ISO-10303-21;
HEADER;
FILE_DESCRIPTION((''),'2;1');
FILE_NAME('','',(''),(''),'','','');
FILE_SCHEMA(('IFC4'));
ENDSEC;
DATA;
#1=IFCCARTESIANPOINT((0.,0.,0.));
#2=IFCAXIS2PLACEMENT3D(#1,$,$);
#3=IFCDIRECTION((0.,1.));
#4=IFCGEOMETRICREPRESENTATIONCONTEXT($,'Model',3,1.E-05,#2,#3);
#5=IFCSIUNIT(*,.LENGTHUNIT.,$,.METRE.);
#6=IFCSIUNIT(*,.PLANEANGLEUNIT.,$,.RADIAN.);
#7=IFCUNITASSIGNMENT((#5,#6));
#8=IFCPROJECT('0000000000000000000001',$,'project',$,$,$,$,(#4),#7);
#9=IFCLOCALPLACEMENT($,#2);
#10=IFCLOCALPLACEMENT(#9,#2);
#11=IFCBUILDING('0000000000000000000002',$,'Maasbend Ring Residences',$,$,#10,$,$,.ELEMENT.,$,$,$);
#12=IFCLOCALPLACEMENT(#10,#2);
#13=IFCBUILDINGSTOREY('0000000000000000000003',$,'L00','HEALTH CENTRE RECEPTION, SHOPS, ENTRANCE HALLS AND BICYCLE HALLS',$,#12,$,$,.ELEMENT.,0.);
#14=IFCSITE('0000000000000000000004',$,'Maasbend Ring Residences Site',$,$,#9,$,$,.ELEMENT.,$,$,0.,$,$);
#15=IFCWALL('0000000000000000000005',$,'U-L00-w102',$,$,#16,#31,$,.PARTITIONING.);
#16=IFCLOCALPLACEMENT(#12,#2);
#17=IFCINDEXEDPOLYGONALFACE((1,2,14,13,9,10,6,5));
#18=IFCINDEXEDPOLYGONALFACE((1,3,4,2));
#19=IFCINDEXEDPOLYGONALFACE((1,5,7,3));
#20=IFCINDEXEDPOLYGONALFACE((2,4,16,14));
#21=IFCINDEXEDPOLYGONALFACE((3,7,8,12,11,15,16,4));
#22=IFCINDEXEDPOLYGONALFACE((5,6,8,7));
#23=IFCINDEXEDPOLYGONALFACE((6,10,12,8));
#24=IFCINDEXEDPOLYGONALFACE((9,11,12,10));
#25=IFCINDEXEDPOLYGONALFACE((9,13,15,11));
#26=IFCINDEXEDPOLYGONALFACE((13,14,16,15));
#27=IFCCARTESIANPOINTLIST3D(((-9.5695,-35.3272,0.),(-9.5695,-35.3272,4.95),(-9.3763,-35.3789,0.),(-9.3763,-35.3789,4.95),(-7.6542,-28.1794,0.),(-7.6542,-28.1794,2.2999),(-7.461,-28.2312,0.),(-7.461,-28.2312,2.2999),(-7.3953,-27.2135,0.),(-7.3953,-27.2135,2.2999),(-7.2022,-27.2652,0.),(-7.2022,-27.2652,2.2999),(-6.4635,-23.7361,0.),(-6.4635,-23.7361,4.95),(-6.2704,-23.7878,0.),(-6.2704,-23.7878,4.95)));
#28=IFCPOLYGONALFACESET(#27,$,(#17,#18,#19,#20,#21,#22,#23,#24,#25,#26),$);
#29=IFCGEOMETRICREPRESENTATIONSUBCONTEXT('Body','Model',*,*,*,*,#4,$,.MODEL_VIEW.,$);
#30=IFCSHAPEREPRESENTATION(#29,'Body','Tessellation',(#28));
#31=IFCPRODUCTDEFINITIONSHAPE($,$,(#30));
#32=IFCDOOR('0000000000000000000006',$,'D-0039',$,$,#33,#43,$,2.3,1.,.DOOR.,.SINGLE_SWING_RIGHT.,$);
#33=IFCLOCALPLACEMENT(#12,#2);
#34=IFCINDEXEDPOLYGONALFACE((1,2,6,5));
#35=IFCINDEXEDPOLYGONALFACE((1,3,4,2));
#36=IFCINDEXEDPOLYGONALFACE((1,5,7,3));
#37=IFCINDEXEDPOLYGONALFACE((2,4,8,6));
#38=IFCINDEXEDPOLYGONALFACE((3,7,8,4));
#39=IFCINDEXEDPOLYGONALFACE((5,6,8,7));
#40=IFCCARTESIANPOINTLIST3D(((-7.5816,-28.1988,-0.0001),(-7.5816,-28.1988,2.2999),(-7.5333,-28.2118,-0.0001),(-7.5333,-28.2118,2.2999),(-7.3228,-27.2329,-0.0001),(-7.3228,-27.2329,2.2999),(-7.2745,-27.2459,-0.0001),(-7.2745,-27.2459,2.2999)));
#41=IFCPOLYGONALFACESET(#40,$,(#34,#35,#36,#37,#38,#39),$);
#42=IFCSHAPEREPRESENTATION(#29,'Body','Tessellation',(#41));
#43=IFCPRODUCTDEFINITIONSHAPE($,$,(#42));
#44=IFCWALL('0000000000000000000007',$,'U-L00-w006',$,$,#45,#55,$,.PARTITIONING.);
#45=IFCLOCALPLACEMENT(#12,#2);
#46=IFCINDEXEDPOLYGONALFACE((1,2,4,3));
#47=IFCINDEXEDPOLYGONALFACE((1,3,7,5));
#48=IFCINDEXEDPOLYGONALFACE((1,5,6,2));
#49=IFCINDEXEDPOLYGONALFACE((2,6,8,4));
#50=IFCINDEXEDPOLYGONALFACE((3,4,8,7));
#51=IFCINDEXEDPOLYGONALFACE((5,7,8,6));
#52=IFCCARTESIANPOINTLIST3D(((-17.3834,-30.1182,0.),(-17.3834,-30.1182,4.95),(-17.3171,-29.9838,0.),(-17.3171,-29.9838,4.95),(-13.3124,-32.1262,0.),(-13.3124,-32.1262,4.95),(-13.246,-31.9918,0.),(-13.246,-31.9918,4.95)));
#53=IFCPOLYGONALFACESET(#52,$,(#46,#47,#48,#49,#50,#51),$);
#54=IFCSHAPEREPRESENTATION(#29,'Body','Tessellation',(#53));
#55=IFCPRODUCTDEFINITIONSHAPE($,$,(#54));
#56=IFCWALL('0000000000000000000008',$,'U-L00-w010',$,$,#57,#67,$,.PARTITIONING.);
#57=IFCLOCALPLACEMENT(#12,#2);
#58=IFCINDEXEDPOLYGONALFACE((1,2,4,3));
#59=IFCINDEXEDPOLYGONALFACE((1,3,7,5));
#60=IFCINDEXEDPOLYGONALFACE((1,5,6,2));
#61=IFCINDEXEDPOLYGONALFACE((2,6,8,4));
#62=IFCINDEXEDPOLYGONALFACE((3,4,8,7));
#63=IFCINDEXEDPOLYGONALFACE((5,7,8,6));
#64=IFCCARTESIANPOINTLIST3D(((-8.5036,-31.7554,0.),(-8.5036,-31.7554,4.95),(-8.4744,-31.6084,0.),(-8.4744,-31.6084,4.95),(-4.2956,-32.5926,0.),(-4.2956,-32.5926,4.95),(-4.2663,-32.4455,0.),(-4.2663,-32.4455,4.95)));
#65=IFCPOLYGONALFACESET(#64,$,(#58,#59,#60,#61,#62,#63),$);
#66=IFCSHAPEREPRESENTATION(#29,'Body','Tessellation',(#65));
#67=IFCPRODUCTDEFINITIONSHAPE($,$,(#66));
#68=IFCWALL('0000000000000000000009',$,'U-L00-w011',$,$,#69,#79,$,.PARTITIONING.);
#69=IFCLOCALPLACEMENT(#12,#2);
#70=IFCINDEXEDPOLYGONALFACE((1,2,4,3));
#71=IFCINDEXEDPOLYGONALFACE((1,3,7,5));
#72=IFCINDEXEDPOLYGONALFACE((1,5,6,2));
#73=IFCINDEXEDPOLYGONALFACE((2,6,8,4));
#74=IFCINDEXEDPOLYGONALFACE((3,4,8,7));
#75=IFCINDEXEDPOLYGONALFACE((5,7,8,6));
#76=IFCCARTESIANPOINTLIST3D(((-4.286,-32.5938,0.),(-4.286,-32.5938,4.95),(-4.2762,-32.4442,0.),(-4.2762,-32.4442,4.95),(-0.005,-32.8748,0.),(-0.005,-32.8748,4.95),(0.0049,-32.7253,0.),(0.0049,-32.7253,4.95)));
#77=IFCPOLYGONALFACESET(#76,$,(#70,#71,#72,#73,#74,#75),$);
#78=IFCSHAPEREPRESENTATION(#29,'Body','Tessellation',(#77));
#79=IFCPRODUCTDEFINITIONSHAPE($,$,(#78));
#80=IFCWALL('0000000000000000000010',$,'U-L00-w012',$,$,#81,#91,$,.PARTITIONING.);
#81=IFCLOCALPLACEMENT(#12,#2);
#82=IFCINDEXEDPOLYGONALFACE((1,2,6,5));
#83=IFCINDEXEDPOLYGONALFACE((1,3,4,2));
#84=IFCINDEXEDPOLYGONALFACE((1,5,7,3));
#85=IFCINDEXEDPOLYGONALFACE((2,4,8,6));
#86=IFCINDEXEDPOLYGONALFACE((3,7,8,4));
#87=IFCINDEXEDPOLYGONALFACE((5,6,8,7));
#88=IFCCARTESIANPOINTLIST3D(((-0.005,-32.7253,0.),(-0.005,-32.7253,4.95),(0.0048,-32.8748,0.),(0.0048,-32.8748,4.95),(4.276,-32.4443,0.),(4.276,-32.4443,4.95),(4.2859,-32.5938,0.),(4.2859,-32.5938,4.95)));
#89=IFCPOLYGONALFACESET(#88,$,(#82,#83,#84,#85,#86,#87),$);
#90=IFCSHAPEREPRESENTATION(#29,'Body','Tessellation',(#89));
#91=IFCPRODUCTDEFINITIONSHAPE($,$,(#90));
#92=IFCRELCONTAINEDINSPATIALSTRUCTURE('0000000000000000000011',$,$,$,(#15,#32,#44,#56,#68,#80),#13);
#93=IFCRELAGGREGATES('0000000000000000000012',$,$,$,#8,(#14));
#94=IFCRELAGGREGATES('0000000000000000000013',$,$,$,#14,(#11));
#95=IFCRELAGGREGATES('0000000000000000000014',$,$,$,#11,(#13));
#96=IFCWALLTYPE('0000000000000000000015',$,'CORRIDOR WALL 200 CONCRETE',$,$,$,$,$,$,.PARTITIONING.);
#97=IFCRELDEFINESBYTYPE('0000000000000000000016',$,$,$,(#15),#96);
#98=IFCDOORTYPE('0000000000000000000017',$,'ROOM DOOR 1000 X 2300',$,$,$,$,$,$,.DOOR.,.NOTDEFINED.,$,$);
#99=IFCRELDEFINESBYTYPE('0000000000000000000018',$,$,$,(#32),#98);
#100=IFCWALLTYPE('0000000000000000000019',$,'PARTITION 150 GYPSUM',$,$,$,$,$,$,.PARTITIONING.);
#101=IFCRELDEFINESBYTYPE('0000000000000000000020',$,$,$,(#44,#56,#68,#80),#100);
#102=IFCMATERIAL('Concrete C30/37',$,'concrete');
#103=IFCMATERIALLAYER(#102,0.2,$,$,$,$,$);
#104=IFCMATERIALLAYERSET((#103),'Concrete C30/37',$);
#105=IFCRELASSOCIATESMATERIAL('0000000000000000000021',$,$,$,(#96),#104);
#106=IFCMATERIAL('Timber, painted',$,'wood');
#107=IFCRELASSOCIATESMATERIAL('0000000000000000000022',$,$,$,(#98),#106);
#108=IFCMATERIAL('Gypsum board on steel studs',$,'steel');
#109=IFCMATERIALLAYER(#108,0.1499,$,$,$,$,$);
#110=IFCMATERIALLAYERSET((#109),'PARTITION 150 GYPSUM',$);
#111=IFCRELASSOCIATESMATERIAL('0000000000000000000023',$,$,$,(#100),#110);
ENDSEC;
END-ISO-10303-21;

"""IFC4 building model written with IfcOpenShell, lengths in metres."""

from ifc_helpers import new_model, si_unit, direction, frame, frame_2d, origin, place, context, subcontext, project, spatial, rectangle, extrude, material, layer, layer_set, type_object, element, fill, save


model = new_model("IFC4")

# Units and contexts
model_context = context("Model", 3, precision=1e-05, world=origin(), true_north=direction((0.0, 1.0)))
body_context = subcontext(model_context, "Body", "Model", "MODEL_VIEW")
ifc_project = project(units=[si_unit("LENGTHUNIT", "METRE"), si_unit("PLANEANGLEUNIT", "RADIAN")], contexts=[model_context])

# Site, building, storey
site_placement = place(None, origin())
site = spatial("IfcSite", under=ifc_project, at=site_placement, Name="Maasbend Ring Residences Site", CompositionType="ELEMENT", RefElevation=0.0)
building_placement = place(site_placement, origin())
building = spatial("IfcBuilding", under=site, at=building_placement, Name="Maasbend Ring Residences", CompositionType="ELEMENT")
storey_placement = place(building_placement, origin())
storey = spatial("IfcBuildingStorey", under=building, at=storey_placement, Name="L00", Description="HEALTH CENTRE RECEPTION, SHOPS, ENTRANCE HALLS AND BICYCLE HALLS", CompositionType="ELEMENT", Elevation=0.0)

# Wall, opening, door
ifc_material_1 = material(Name="Concrete C30/37", Category="concrete")
ifc_layer_1 = layer(ifc_material_1, 0.2)
ifc_layer_set_1 = layer_set([ifc_layer_1], Name="Concrete C30/37")
wall_type_1 = type_object("IfcWallType", Name="CORRIDOR WALL 200 CONCRETE", PredefinedType="PARTITIONING", material=ifc_layer_set_1)
wall_1_placement = place(storey_placement, frame((-9.4729, -35.353, 0.0), z_axis=(0.0, 0.0, 1.0), x_axis=(0.25883, 0.965923, 0.0)))
wall_1 = element("IfcWall", 1, at=wall_1_placement, inside=storey, type_object=wall_type_1, Name="U-L00-w102", PredefinedType="PARTITIONING", context=body_context, shape_type="SweptSolid", body=[
    extrude(rectangle(XDim=12.0, YDim=0.2, at=frame_2d((6.0, 0.0))), origin(), (0.0, 0.0, 1.0), 4.95),
])
opening_placement = place(wall_1_placement, frame((7.3999, 0.0, 0.0)))
opening = element("IfcOpeningElement", 2, at=opening_placement, cuts=wall_1, PredefinedType="OPENING", context=body_context, shape_type="SweptSolid", body=[
    extrude(rectangle(XDim=1.0, YDim=2.3, at=frame_2d((0.5, 1.1499))), frame((0.0, 0.1099, 0.0), z_axis=(0.0, -1.0, 0.0), x_axis=(1.0, 0.0, 0.0)), (0.0, 0.0, 1.0), 0.22),
])
ifc_material_2 = material(Name="Timber, painted", Category="wood")
door_type = type_object("IfcDoorType", Name="ROOM DOOR 1000 X 2300", OperationType="NOTDEFINED", PredefinedType="DOOR", material=ifc_material_2)
door_placement = place(opening_placement, origin())
door = element("IfcDoor", 3, at=door_placement, inside=storey, type_object=door_type, Name="D-0039", OperationType="SINGLE_SWING_RIGHT", OverallHeight=2.3, OverallWidth=1.0, PredefinedType="DOOR", context=body_context, shape_type="SweptSolid", body=[
    extrude(rectangle(XDim=1.0, YDim=2.3, at=frame_2d((0.5, 1.1499))), frame((0.0, 0.0249, 0.0), z_axis=(0.0, -1.0, 0.0), x_axis=(1.0, 0.0, 0.0)), (0.0, 0.0, 1.0), 0.05),
])
fill(opening, door)

# Walls
ifc_material_3 = material(Name="Gypsum board on steel studs", Category="steel")
ifc_layer_2 = layer(ifc_material_3, 0.1499)
ifc_layer_set_2 = layer_set([ifc_layer_2], Name="PARTITION 150 GYPSUM")
wall_type_2 = type_object("IfcWallType", Name="PARTITION 150 GYPSUM", PredefinedType="PARTITIONING", material=ifc_layer_set_2)
wall_2_placement = place(storey_placement, frame((-17.3501, -30.051, 0.0), z_axis=(0.0, 0.0, 1.0), x_axis=(0.896834, -0.442367, 0.0)))
element("IfcWall", 4, at=wall_2_placement, inside=storey, type_object=wall_type_2, Name="U-L00-w006", PredefinedType="PARTITIONING", context=body_context, shape_type="SweptSolid", body=[
    extrude(rectangle(XDim=4.5393, YDim=0.1499, at=frame_2d((2.2695, 0.0))), origin(), (0.0, 0.0, 1.0), 4.95),
])
wall_3_placement = place(storey_placement, frame((-8.489, -31.6819, 0.0), z_axis=(0.0, 0.0, 1.0), x_axis=(0.980779, -0.19512, 0.0)))
element("IfcWall", 5, at=wall_3_placement, inside=storey, type_object=wall_type_2, Name="U-L00-w010", PredefinedType="PARTITIONING", context=body_context, shape_type="SweptSolid", body=[
    extrude(rectangle(XDim=4.2905, YDim=0.1499, at=frame_2d((2.1453, 0.0))), origin(), (0.0, 0.0, 1.0), 4.95),
])
for number, where, z_axis, x_axis, name in (
    (6, (-4.281, -32.519, 0.0), (0.0, 0.0, 1.0), (0.997853, -0.065499, 0.0), "U-L00-w011"),
    (7, (0.0, -32.8, 0.0), (0.0, 0.0, 1.0), (0.997853, 0.065499, 0.0), "U-L00-w012"),
):
    element("IfcWall", number, at=place(storey_placement, frame(where, z_axis=z_axis, x_axis=x_axis)), inside=storey, type_object=wall_type_2, Name=name, PredefinedType="PARTITIONING", context=body_context, shape_type="SweptSolid", body=[
        extrude(rectangle(XDim=4.2903, YDim=0.1499, at=frame_2d((2.145, 0.0))), origin(), (0.0, 0.0, 1.0), 4.95),
    ])

save(model, "model.ifc")
